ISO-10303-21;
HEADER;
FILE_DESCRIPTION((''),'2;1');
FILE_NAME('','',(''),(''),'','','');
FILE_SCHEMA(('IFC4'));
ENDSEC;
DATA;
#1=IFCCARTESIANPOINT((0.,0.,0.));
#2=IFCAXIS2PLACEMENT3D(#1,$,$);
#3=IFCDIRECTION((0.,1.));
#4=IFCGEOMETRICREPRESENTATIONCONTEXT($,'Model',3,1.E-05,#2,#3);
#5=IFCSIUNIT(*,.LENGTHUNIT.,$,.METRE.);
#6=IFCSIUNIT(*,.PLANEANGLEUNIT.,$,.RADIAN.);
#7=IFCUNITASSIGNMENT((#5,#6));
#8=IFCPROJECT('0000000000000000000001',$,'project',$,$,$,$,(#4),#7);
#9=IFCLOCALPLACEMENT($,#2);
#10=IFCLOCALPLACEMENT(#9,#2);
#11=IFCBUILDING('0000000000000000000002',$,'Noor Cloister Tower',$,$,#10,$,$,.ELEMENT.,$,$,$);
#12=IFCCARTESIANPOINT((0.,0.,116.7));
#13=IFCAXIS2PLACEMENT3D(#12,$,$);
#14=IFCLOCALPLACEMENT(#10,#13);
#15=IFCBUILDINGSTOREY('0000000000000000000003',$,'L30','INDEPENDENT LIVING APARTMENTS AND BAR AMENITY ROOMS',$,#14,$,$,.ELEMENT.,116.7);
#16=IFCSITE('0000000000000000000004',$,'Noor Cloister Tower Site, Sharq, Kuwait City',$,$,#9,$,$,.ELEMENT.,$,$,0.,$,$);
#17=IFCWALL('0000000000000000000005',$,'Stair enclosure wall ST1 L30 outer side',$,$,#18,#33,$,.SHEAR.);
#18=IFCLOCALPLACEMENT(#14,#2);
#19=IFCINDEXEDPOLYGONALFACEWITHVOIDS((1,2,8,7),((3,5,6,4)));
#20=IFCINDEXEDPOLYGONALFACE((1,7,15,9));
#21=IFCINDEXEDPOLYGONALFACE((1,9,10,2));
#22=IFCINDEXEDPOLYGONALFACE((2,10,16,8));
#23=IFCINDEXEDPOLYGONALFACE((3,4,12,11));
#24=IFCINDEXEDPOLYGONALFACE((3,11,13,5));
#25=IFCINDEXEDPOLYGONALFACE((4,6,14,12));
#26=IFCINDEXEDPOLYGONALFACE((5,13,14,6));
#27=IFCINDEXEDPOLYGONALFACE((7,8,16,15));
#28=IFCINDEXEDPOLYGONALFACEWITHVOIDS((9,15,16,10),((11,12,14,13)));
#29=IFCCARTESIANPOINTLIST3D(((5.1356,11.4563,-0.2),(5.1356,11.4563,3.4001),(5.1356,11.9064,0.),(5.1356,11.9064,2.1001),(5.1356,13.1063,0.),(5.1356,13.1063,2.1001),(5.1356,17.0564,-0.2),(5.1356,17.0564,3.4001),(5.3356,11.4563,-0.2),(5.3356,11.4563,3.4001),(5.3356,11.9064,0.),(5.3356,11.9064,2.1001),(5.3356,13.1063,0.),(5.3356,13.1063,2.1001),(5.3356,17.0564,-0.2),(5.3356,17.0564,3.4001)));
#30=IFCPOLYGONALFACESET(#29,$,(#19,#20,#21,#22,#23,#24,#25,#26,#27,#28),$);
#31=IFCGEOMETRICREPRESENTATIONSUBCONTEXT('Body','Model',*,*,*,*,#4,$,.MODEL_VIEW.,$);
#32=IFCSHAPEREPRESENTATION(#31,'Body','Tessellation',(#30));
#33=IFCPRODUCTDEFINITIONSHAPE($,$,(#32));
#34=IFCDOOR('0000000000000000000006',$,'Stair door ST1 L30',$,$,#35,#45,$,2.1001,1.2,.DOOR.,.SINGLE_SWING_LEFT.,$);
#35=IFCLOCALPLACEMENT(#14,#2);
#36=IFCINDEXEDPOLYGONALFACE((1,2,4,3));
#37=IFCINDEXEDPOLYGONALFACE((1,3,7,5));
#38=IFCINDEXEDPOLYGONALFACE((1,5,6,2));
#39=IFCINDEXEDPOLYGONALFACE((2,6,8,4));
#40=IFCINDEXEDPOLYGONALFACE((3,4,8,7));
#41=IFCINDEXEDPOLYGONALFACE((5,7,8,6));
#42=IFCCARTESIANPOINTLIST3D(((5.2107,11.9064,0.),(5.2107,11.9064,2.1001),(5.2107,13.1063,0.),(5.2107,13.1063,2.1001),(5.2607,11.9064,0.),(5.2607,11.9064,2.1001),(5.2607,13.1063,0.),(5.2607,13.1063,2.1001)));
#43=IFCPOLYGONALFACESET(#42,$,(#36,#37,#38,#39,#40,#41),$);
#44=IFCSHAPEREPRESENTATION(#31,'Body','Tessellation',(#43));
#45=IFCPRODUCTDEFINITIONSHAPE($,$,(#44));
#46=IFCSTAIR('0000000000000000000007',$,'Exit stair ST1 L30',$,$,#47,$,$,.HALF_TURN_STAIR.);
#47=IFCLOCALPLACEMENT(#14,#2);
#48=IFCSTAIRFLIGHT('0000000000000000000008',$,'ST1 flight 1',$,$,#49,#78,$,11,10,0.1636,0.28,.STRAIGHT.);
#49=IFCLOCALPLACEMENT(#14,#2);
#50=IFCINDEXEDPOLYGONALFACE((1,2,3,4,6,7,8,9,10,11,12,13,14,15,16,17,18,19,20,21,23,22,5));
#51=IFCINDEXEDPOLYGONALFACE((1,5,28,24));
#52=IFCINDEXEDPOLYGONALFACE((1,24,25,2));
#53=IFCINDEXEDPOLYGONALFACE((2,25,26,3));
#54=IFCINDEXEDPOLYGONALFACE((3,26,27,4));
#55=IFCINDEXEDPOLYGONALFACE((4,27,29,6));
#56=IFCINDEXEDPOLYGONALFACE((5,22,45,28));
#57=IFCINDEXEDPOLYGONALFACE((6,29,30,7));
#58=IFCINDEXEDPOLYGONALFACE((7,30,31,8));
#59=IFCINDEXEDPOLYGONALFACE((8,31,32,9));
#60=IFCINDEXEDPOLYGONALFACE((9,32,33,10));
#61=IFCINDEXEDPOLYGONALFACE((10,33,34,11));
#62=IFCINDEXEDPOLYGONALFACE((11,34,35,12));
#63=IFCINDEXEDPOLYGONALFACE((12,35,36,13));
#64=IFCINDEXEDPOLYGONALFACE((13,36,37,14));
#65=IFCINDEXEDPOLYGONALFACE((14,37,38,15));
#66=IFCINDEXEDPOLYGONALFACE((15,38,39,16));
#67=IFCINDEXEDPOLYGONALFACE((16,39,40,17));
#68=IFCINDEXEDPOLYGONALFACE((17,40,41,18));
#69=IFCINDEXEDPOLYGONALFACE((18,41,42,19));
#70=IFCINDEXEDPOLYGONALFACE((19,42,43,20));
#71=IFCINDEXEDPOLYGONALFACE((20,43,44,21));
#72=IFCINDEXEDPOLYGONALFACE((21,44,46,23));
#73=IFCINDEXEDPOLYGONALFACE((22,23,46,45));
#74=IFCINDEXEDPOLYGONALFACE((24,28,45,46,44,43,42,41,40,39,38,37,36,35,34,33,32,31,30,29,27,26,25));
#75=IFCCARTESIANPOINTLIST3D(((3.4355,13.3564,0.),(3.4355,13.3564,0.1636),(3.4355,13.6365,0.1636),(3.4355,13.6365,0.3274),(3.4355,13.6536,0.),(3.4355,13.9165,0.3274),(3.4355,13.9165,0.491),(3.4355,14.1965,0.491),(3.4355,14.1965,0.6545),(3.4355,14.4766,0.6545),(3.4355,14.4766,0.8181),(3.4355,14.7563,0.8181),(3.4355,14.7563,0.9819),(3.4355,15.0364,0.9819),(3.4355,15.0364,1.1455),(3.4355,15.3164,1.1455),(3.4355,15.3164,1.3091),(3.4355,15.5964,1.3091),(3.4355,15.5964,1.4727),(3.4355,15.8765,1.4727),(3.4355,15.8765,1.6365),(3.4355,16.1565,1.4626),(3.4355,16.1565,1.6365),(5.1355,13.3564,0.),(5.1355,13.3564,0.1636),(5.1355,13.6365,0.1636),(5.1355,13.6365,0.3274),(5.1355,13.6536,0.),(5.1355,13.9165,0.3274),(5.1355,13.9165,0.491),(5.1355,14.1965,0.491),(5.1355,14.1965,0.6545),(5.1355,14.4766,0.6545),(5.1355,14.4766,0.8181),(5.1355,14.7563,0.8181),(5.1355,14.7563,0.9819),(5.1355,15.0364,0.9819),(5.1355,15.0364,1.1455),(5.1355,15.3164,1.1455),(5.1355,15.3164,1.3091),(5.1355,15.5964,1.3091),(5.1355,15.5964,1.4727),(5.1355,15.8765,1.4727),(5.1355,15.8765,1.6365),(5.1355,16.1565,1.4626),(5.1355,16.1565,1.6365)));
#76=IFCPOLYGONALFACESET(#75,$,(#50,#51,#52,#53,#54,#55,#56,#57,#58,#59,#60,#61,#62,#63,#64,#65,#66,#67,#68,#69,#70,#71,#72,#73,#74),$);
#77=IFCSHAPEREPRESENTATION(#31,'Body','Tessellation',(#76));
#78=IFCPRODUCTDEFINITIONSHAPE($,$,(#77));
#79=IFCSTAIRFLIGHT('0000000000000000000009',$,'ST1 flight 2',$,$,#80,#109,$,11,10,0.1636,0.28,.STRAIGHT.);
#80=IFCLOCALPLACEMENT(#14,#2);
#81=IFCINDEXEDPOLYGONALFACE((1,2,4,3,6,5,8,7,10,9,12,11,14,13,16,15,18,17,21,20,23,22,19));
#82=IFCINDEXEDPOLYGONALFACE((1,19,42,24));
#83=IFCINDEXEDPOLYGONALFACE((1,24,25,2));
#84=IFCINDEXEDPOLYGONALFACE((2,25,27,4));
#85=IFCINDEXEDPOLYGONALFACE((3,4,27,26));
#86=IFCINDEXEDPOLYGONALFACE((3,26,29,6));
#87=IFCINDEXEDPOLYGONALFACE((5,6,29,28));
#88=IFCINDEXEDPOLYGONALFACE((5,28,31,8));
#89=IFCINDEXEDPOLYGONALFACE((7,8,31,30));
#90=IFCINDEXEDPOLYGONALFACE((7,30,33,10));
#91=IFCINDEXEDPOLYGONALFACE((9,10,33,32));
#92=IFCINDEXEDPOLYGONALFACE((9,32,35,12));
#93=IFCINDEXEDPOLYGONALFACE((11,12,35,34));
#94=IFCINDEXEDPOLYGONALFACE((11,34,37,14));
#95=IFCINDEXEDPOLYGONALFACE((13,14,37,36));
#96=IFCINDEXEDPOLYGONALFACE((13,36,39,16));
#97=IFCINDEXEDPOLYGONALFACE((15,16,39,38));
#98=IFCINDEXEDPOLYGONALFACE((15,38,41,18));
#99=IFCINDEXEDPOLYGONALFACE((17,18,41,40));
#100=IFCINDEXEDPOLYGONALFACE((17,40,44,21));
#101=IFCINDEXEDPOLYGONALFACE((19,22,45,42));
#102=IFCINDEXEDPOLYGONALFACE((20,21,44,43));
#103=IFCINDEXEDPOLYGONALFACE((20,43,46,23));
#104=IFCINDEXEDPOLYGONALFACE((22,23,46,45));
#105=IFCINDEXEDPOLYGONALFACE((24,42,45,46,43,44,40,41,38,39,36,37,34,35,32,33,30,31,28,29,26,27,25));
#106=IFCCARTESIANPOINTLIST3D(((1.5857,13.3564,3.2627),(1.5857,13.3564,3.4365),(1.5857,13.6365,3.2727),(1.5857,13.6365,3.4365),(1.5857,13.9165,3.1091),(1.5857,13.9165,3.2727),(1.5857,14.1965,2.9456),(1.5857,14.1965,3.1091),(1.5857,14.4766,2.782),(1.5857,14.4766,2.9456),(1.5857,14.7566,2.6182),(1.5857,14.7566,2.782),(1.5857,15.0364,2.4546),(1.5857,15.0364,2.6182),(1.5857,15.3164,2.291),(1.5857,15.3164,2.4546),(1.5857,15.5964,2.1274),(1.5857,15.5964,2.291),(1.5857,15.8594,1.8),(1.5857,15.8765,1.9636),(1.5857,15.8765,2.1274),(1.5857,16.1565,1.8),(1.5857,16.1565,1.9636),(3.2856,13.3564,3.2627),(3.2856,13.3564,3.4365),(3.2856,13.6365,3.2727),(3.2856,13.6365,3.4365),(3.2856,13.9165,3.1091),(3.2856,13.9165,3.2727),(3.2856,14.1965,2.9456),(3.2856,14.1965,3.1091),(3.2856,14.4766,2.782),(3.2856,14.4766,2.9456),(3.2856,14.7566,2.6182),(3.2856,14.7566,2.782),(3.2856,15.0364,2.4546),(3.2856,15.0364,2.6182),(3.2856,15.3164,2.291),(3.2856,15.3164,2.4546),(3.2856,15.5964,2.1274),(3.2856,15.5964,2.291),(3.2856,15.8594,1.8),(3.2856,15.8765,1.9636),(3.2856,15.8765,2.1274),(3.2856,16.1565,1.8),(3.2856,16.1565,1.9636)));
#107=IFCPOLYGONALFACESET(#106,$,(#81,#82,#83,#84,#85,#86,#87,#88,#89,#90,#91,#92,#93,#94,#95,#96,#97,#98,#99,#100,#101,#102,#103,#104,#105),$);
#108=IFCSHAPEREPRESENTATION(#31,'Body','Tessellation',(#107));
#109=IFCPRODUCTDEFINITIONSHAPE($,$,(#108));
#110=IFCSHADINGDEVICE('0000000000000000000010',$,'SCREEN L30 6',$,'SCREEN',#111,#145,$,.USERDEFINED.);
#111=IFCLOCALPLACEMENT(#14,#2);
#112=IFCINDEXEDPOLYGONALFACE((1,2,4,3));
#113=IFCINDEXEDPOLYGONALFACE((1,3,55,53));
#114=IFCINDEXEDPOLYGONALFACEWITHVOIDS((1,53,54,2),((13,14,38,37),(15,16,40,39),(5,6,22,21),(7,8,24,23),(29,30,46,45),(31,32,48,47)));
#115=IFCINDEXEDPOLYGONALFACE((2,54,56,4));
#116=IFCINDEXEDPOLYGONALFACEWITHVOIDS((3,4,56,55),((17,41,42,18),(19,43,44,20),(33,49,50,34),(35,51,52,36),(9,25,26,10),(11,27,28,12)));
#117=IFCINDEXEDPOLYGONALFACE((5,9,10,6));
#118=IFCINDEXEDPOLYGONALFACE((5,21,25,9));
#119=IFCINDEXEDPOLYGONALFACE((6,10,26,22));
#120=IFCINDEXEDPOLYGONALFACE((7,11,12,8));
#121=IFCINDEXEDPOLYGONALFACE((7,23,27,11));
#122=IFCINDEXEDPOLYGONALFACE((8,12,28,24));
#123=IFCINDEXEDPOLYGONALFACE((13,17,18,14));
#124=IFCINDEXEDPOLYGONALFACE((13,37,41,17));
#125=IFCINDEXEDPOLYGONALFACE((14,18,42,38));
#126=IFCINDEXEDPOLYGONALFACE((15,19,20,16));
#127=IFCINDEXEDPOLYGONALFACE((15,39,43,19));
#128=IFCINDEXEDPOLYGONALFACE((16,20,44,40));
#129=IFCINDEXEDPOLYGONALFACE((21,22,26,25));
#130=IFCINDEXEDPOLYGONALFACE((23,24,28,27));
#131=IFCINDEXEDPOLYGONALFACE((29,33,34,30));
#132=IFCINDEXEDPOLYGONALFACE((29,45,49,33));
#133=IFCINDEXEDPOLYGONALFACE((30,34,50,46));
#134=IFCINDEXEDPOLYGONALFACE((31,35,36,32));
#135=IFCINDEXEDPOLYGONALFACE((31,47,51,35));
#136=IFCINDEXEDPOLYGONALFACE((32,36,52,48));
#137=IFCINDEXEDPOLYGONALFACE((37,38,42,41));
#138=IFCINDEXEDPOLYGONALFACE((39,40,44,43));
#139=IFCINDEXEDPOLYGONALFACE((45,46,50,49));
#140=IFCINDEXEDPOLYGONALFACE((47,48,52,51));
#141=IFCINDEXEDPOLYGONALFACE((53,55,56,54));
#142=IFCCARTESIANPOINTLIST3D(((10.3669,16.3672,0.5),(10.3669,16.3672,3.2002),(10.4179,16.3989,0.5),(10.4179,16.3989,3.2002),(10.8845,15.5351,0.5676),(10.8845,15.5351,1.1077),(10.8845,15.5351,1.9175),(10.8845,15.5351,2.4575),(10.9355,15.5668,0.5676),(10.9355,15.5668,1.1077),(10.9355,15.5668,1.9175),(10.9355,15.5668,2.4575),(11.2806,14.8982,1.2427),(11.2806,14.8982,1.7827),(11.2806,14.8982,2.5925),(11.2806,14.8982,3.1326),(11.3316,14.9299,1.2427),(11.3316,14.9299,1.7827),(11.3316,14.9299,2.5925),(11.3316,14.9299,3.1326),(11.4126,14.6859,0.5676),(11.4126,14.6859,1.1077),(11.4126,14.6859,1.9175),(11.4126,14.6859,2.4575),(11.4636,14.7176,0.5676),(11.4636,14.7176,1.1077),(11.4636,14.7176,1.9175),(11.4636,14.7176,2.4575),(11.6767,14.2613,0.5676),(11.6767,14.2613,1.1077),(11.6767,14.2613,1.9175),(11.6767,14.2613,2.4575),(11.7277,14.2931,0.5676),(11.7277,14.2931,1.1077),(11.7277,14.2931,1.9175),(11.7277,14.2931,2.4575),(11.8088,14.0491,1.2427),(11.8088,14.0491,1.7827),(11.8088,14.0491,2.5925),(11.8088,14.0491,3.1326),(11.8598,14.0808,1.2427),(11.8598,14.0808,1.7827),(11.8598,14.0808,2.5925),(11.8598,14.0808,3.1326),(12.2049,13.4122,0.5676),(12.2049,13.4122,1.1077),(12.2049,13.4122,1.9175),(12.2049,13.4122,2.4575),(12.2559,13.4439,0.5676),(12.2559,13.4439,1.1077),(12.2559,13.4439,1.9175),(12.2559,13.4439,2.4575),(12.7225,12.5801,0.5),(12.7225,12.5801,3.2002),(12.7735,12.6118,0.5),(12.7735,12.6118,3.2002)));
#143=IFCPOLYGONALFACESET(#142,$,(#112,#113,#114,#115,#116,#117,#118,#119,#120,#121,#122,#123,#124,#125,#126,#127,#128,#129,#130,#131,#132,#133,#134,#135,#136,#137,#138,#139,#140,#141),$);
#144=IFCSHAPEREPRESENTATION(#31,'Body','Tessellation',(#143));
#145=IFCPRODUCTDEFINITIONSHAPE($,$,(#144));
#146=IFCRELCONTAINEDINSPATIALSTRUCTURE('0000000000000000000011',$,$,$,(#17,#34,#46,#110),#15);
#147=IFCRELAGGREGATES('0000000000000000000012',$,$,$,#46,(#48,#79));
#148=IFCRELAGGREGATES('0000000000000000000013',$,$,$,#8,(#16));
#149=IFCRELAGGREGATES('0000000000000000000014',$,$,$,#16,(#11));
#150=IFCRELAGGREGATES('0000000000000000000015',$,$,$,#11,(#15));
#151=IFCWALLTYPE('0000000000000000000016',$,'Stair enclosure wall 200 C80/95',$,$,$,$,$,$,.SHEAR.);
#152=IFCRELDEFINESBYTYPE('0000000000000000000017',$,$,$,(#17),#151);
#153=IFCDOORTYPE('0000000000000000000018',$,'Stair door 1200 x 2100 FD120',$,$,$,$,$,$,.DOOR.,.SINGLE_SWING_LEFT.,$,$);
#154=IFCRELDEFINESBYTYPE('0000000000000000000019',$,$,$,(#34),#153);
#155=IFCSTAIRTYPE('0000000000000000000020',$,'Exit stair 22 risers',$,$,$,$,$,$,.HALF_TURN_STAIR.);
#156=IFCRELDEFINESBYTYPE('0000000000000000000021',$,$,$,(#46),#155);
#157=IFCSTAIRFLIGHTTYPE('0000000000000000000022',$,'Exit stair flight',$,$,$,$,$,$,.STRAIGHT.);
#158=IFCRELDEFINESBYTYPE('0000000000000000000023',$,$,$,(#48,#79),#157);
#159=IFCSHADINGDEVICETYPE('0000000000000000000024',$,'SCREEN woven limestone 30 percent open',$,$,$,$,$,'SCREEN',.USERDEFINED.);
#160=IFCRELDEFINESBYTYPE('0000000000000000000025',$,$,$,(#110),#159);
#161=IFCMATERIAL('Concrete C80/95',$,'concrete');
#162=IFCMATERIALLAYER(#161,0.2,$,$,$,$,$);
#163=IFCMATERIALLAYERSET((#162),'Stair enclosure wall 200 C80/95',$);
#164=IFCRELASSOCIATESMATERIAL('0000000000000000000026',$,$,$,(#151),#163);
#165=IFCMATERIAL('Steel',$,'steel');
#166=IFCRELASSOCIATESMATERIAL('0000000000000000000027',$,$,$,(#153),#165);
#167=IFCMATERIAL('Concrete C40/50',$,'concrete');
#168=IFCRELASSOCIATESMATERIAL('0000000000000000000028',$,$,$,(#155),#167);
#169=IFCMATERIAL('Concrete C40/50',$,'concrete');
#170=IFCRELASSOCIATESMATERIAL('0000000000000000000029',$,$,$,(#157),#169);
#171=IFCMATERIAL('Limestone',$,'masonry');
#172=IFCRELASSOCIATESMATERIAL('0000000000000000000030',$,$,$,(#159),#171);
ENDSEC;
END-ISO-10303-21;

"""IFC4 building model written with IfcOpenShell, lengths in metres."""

from ifc_helpers import new_model, si_unit, direction, frame, frame_2d, origin, place, context, subcontext, project, spatial, polyline, rectangle, outline, extrude, material, layer, layer_set, material_profile, profile_set, type_object, element, fill, aggregate, save


model = new_model("IFC4")

# Units and contexts
model_context = context("Model", 3, precision=1e-05, world=origin(), true_north=direction((0.0, 1.0)))
body_context = subcontext(model_context, "Body", "Model", "MODEL_VIEW")
ifc_project = project(units=[si_unit("LENGTHUNIT", "METRE"), si_unit("PLANEANGLEUNIT", "RADIAN")], contexts=[model_context])

# Site, building, storey
site_placement = place(None, origin())
site = spatial("IfcSite", under=ifc_project, at=site_placement, Name="Noor Cloister Tower Site, Sharq, Kuwait City", CompositionType="ELEMENT", RefElevation=0.0)
building_placement = place(site_placement, origin())
building = spatial("IfcBuilding", under=site, at=building_placement, Name="Noor Cloister Tower", CompositionType="ELEMENT")
storey_placement = place(building_placement, frame((0.0, 0.0, 116.7)))
storey = spatial("IfcBuildingStorey", under=building, at=storey_placement, Name="L30", Description="INDEPENDENT LIVING APARTMENTS AND BAR AMENITY ROOMS", CompositionType="ELEMENT", Elevation=116.7)

# Wall, opening, door
ifc_material_1 = material(Name="Concrete C80/95", Category="concrete")
ifc_layer_1 = layer(ifc_material_1, 0.2)
ifc_layer_set_1 = layer_set([ifc_layer_1], Name="Stair enclosure wall 200 C80/95")
wall_type_1 = type_object("IfcWallType", Name="Stair enclosure wall 200 C80/95", PredefinedType="SHEAR", material=ifc_layer_set_1)
ifc_material_2 = material(Name="Steel", Category="steel")
door_type_1 = type_object("IfcDoorType", Name="Stair door 1200 x 2100 FD120", OperationType="SINGLE_SWING_LEFT", PredefinedType="DOOR", material=ifc_material_2)
wall_1_placement = place(storey_placement, frame((5.2356, 11.4563, -0.2), z_axis=(0.0, 0.0, 1.0), x_axis=(0.0, 1.0, 0.0)))
wall_1 = element("IfcWall", 1, at=wall_1_placement, inside=storey, type_object=wall_type_1, Name="Stair enclosure wall ST1 L30 outer side", PredefinedType="SHEAR", context=body_context, shape_type="SweptSolid", body=[
    extrude(rectangle(XDim=5.6001, YDim=0.2, at=frame_2d((2.8, 0.0))), origin(), (0.0, 0.0, 1.0), 3.6001),
])
opening_1_placement = place(wall_1_placement, frame((0.45, 0.0, 0.2)))
opening_1 = element("IfcOpeningElement", 2, at=opening_1_placement, cuts=wall_1, PredefinedType="OPENING", context=body_context, shape_type="SweptSolid", body=[
    extrude(rectangle(XDim=1.2, YDim=2.1001, at=frame_2d((0.6001, 1.05))), frame((0.0, 0.1099, 0.0), z_axis=(0.0, -1.0, 0.0), x_axis=(1.0, 0.0, 0.0)), (0.0, 0.0, 1.0), 0.22),
])
door_1_placement = place(opening_1_placement, origin())
door_1 = element("IfcDoor", 3, at=door_1_placement, inside=storey, type_object=door_type_1, Name="Stair door ST1 L30", OperationType="SINGLE_SWING_LEFT", OverallHeight=2.1001, OverallWidth=1.2, PredefinedType="DOOR", context=body_context, shape_type="SweptSolid", body=[
    extrude(rectangle(XDim=1.2, YDim=2.1001, at=frame_2d((0.6001, 1.05))), frame((0.0, 0.0249, 0.0), z_axis=(0.0, -1.0, 0.0), x_axis=(1.0, 0.0, 0.0)), (0.0, 0.0, 1.0), 0.05),
])
fill(opening_1, door_1)

# Stair, stair flights
ifc_material_3 = material(Name="Concrete C40/50", Category="concrete")
stair_type = type_object("IfcStairType", Name="Exit stair 22 risers", PredefinedType="HALF_TURN_STAIR", material=ifc_material_3)
stair_placement = place(storey_placement, origin())
stair = element("IfcStair", 4, at=stair_placement, inside=storey, type_object=stair_type, Name="Exit stair ST1 L30", PredefinedType="HALF_TURN_STAIR")
ifc_material_4 = material(Name="Concrete C40/50", Category="concrete")
stair_flight_type = type_object("IfcStairFlightType", Name="Exit stair flight", PredefinedType="STRAIGHT", material=ifc_material_4)
stair_flight_1_placement = place(storey_placement, frame((4.2856, 13.3564, 0.0), z_axis=(0.0, 0.0, 1.0), x_axis=(0.0, 1.0, 0.0)))
stair_flight_1 = element("IfcStairFlight", 5, at=stair_flight_1_placement, type_object=stair_flight_type, Name="ST1 flight 1", NumberOfRisers=11, NumberOfTreads=10, PredefinedType="STRAIGHT", RiserHeight=0.1636, TreadLength=0.28, context=body_context, shape_type="SweptSolid", body=[
    extrude(outline(polyline([(0.0, 0.0), (0.0, 0.1636), (0.28, 0.1636), (0.28, 0.3274), (0.5601, 0.3274), (0.5601, 0.491), (0.8401, 0.491), (0.8401, 0.6545), (1.1201, 0.6545), (1.1201, 0.8181), (1.3999, 0.8181), (1.3999, 0.9819), (1.6799, 0.9819), (1.6799, 1.1455), (1.96, 1.1455), (1.96, 1.3091), (2.24, 1.3091), (2.24, 1.4727), (2.52, 1.4727), (2.52, 1.6365), (2.8, 1.6365), (2.8, 1.8), (2.8, 1.4626), (0.2971, 0.0), (0.0, 0.0)])), frame((0.0, 0.8501, 0.0), z_axis=(0.0, -1.0, 0.0), x_axis=(1.0, 0.0, 0.0)), (0.0, 0.0, 1.0), 1.7),
])
stair_flight_2_placement = place(storey_placement, frame((2.4355, 16.1565, 1.8), z_axis=(0.0, 0.0, 1.0), x_axis=(0.0, -1.0, 0.0)))
stair_flight_2 = element("IfcStairFlight", 6, at=stair_flight_2_placement, type_object=stair_flight_type, Name="ST1 flight 2", NumberOfRisers=11, NumberOfTreads=10, PredefinedType="STRAIGHT", RiserHeight=0.1636, TreadLength=0.28, context=body_context, shape_type="SweptSolid", body=[
    extrude(outline(polyline([(0.0, 0.0), (0.0, 0.1636), (0.28, 0.1636), (0.28, 0.3274), (0.5601, 0.3274), (0.5601, 0.491), (0.8401, 0.491), (0.8401, 0.6545), (1.1201, 0.6545), (1.1201, 0.8181), (1.3999, 0.8181), (1.3999, 0.9819), (1.6799, 0.9819), (1.6799, 1.1455), (1.96, 1.1455), (1.96, 1.3091), (2.24, 1.3091), (2.24, 1.4727), (2.52, 1.4727), (2.52, 1.6365), (2.8, 1.6365), (2.8, 1.8), (2.8, 1.4626), (0.2971, 0.0), (0.0, 0.0)])), frame((0.0, 0.8501, 0.0), z_axis=(0.0, -1.0, 0.0), x_axis=(1.0, 0.0, 0.0)), (0.0, 0.0, 1.0), 1.7),
])
aggregate(stair, [stair_flight_1, stair_flight_2])

# Shading device
ifc_material_5 = material(Name="Limestone", Category="masonry")
ifc_material_profile_1 = material_profile(ifc_material_5, outline(polyline([(-2.23, -1.3501), (2.23, -1.3501), (2.23, 1.3501), (-2.23, 1.3501), (-2.23, -1.3501)]), holes=[polyline([(-1.25, -1.2825), (-0.25, -1.2825), (-0.25, -0.7424), (-1.25, -0.7424), (-1.25, -1.2825)]), polyline([(0.25, -1.2825), (1.25, -1.2825), (1.25, -0.7424), (0.25, -0.7424), (0.25, -1.2825)]), polyline([(-0.5, -0.6074), (0.5, -0.6074), (0.5, -0.0674), (-0.5, -0.0674), (-0.5, -0.6074)]), polyline([(-1.25, 0.0674), (-0.25, 0.0674), (-0.25, 0.6074), (-1.25, 0.6074), (-1.25, 0.0674)]), polyline([(0.25, 0.0674), (1.25, 0.0674), (1.25, 0.6074), (0.25, 0.6074), (0.25, 0.0674)]), polyline([(-0.5, 0.7424), (0.5, 0.7424), (0.5, 1.2825), (-0.5, 1.2825), (-0.5, 0.7424)])]), Name="Woven screen 30 percent open")
ifc_profile_set_1 = profile_set([ifc_material_profile_1], Name="Limestone")
shading_device_type = type_object("IfcShadingDeviceType", Name="SCREEN woven limestone 30 percent open", ElementType="SCREEN", PredefinedType="USERDEFINED", material=ifc_profile_set_1)
shading_device_1_placement = place(storey_placement, frame((11.5447, 14.4736, 1.8501), z_axis=(0.849138, 0.528172, 0.0), x_axis=(-0.528172, 0.849138, 0.0)))
element("IfcShadingDevice", 7, at=shading_device_1_placement, inside=storey, type_object=shading_device_type, Name="SCREEN L30 6", ObjectType="SCREEN", PredefinedType="USERDEFINED", context=body_context, shape_type="SweptSolid", body=[
    extrude(outline(polyline([(-2.23, -1.3501), (2.23, -1.3501), (2.23, 1.3501), (-2.23, 1.3501), (-2.23, -1.3501)]), holes=[polyline([(-1.25, -1.2825), (-0.25, -1.2825), (-0.25, -0.7424), (-1.25, -0.7424), (-1.25, -1.2825)]), polyline([(0.25, -1.2825), (1.25, -1.2825), (1.25, -0.7424), (0.25, -0.7424), (0.25, -1.2825)]), polyline([(-0.5, -0.6074), (0.5, -0.6074), (0.5, -0.0674), (-0.5, -0.0674), (-0.5, -0.6074)]), polyline([(-1.25, 0.0674), (-0.25, 0.0674), (-0.25, 0.6074), (-1.25, 0.6074), (-1.25, 0.0674)]), polyline([(0.25, 0.0674), (1.25, 0.0674), (1.25, 0.6074), (0.25, 0.6074), (0.25, 0.0674)]), polyline([(-0.5, 0.7424), (0.5, 0.7424), (0.5, 1.2825), (-0.5, 1.2825), (-0.5, 0.7424)])]), origin(), (0.0, 0.0, 1.0), 0.0601),
])

save(model, "model.ifc")
